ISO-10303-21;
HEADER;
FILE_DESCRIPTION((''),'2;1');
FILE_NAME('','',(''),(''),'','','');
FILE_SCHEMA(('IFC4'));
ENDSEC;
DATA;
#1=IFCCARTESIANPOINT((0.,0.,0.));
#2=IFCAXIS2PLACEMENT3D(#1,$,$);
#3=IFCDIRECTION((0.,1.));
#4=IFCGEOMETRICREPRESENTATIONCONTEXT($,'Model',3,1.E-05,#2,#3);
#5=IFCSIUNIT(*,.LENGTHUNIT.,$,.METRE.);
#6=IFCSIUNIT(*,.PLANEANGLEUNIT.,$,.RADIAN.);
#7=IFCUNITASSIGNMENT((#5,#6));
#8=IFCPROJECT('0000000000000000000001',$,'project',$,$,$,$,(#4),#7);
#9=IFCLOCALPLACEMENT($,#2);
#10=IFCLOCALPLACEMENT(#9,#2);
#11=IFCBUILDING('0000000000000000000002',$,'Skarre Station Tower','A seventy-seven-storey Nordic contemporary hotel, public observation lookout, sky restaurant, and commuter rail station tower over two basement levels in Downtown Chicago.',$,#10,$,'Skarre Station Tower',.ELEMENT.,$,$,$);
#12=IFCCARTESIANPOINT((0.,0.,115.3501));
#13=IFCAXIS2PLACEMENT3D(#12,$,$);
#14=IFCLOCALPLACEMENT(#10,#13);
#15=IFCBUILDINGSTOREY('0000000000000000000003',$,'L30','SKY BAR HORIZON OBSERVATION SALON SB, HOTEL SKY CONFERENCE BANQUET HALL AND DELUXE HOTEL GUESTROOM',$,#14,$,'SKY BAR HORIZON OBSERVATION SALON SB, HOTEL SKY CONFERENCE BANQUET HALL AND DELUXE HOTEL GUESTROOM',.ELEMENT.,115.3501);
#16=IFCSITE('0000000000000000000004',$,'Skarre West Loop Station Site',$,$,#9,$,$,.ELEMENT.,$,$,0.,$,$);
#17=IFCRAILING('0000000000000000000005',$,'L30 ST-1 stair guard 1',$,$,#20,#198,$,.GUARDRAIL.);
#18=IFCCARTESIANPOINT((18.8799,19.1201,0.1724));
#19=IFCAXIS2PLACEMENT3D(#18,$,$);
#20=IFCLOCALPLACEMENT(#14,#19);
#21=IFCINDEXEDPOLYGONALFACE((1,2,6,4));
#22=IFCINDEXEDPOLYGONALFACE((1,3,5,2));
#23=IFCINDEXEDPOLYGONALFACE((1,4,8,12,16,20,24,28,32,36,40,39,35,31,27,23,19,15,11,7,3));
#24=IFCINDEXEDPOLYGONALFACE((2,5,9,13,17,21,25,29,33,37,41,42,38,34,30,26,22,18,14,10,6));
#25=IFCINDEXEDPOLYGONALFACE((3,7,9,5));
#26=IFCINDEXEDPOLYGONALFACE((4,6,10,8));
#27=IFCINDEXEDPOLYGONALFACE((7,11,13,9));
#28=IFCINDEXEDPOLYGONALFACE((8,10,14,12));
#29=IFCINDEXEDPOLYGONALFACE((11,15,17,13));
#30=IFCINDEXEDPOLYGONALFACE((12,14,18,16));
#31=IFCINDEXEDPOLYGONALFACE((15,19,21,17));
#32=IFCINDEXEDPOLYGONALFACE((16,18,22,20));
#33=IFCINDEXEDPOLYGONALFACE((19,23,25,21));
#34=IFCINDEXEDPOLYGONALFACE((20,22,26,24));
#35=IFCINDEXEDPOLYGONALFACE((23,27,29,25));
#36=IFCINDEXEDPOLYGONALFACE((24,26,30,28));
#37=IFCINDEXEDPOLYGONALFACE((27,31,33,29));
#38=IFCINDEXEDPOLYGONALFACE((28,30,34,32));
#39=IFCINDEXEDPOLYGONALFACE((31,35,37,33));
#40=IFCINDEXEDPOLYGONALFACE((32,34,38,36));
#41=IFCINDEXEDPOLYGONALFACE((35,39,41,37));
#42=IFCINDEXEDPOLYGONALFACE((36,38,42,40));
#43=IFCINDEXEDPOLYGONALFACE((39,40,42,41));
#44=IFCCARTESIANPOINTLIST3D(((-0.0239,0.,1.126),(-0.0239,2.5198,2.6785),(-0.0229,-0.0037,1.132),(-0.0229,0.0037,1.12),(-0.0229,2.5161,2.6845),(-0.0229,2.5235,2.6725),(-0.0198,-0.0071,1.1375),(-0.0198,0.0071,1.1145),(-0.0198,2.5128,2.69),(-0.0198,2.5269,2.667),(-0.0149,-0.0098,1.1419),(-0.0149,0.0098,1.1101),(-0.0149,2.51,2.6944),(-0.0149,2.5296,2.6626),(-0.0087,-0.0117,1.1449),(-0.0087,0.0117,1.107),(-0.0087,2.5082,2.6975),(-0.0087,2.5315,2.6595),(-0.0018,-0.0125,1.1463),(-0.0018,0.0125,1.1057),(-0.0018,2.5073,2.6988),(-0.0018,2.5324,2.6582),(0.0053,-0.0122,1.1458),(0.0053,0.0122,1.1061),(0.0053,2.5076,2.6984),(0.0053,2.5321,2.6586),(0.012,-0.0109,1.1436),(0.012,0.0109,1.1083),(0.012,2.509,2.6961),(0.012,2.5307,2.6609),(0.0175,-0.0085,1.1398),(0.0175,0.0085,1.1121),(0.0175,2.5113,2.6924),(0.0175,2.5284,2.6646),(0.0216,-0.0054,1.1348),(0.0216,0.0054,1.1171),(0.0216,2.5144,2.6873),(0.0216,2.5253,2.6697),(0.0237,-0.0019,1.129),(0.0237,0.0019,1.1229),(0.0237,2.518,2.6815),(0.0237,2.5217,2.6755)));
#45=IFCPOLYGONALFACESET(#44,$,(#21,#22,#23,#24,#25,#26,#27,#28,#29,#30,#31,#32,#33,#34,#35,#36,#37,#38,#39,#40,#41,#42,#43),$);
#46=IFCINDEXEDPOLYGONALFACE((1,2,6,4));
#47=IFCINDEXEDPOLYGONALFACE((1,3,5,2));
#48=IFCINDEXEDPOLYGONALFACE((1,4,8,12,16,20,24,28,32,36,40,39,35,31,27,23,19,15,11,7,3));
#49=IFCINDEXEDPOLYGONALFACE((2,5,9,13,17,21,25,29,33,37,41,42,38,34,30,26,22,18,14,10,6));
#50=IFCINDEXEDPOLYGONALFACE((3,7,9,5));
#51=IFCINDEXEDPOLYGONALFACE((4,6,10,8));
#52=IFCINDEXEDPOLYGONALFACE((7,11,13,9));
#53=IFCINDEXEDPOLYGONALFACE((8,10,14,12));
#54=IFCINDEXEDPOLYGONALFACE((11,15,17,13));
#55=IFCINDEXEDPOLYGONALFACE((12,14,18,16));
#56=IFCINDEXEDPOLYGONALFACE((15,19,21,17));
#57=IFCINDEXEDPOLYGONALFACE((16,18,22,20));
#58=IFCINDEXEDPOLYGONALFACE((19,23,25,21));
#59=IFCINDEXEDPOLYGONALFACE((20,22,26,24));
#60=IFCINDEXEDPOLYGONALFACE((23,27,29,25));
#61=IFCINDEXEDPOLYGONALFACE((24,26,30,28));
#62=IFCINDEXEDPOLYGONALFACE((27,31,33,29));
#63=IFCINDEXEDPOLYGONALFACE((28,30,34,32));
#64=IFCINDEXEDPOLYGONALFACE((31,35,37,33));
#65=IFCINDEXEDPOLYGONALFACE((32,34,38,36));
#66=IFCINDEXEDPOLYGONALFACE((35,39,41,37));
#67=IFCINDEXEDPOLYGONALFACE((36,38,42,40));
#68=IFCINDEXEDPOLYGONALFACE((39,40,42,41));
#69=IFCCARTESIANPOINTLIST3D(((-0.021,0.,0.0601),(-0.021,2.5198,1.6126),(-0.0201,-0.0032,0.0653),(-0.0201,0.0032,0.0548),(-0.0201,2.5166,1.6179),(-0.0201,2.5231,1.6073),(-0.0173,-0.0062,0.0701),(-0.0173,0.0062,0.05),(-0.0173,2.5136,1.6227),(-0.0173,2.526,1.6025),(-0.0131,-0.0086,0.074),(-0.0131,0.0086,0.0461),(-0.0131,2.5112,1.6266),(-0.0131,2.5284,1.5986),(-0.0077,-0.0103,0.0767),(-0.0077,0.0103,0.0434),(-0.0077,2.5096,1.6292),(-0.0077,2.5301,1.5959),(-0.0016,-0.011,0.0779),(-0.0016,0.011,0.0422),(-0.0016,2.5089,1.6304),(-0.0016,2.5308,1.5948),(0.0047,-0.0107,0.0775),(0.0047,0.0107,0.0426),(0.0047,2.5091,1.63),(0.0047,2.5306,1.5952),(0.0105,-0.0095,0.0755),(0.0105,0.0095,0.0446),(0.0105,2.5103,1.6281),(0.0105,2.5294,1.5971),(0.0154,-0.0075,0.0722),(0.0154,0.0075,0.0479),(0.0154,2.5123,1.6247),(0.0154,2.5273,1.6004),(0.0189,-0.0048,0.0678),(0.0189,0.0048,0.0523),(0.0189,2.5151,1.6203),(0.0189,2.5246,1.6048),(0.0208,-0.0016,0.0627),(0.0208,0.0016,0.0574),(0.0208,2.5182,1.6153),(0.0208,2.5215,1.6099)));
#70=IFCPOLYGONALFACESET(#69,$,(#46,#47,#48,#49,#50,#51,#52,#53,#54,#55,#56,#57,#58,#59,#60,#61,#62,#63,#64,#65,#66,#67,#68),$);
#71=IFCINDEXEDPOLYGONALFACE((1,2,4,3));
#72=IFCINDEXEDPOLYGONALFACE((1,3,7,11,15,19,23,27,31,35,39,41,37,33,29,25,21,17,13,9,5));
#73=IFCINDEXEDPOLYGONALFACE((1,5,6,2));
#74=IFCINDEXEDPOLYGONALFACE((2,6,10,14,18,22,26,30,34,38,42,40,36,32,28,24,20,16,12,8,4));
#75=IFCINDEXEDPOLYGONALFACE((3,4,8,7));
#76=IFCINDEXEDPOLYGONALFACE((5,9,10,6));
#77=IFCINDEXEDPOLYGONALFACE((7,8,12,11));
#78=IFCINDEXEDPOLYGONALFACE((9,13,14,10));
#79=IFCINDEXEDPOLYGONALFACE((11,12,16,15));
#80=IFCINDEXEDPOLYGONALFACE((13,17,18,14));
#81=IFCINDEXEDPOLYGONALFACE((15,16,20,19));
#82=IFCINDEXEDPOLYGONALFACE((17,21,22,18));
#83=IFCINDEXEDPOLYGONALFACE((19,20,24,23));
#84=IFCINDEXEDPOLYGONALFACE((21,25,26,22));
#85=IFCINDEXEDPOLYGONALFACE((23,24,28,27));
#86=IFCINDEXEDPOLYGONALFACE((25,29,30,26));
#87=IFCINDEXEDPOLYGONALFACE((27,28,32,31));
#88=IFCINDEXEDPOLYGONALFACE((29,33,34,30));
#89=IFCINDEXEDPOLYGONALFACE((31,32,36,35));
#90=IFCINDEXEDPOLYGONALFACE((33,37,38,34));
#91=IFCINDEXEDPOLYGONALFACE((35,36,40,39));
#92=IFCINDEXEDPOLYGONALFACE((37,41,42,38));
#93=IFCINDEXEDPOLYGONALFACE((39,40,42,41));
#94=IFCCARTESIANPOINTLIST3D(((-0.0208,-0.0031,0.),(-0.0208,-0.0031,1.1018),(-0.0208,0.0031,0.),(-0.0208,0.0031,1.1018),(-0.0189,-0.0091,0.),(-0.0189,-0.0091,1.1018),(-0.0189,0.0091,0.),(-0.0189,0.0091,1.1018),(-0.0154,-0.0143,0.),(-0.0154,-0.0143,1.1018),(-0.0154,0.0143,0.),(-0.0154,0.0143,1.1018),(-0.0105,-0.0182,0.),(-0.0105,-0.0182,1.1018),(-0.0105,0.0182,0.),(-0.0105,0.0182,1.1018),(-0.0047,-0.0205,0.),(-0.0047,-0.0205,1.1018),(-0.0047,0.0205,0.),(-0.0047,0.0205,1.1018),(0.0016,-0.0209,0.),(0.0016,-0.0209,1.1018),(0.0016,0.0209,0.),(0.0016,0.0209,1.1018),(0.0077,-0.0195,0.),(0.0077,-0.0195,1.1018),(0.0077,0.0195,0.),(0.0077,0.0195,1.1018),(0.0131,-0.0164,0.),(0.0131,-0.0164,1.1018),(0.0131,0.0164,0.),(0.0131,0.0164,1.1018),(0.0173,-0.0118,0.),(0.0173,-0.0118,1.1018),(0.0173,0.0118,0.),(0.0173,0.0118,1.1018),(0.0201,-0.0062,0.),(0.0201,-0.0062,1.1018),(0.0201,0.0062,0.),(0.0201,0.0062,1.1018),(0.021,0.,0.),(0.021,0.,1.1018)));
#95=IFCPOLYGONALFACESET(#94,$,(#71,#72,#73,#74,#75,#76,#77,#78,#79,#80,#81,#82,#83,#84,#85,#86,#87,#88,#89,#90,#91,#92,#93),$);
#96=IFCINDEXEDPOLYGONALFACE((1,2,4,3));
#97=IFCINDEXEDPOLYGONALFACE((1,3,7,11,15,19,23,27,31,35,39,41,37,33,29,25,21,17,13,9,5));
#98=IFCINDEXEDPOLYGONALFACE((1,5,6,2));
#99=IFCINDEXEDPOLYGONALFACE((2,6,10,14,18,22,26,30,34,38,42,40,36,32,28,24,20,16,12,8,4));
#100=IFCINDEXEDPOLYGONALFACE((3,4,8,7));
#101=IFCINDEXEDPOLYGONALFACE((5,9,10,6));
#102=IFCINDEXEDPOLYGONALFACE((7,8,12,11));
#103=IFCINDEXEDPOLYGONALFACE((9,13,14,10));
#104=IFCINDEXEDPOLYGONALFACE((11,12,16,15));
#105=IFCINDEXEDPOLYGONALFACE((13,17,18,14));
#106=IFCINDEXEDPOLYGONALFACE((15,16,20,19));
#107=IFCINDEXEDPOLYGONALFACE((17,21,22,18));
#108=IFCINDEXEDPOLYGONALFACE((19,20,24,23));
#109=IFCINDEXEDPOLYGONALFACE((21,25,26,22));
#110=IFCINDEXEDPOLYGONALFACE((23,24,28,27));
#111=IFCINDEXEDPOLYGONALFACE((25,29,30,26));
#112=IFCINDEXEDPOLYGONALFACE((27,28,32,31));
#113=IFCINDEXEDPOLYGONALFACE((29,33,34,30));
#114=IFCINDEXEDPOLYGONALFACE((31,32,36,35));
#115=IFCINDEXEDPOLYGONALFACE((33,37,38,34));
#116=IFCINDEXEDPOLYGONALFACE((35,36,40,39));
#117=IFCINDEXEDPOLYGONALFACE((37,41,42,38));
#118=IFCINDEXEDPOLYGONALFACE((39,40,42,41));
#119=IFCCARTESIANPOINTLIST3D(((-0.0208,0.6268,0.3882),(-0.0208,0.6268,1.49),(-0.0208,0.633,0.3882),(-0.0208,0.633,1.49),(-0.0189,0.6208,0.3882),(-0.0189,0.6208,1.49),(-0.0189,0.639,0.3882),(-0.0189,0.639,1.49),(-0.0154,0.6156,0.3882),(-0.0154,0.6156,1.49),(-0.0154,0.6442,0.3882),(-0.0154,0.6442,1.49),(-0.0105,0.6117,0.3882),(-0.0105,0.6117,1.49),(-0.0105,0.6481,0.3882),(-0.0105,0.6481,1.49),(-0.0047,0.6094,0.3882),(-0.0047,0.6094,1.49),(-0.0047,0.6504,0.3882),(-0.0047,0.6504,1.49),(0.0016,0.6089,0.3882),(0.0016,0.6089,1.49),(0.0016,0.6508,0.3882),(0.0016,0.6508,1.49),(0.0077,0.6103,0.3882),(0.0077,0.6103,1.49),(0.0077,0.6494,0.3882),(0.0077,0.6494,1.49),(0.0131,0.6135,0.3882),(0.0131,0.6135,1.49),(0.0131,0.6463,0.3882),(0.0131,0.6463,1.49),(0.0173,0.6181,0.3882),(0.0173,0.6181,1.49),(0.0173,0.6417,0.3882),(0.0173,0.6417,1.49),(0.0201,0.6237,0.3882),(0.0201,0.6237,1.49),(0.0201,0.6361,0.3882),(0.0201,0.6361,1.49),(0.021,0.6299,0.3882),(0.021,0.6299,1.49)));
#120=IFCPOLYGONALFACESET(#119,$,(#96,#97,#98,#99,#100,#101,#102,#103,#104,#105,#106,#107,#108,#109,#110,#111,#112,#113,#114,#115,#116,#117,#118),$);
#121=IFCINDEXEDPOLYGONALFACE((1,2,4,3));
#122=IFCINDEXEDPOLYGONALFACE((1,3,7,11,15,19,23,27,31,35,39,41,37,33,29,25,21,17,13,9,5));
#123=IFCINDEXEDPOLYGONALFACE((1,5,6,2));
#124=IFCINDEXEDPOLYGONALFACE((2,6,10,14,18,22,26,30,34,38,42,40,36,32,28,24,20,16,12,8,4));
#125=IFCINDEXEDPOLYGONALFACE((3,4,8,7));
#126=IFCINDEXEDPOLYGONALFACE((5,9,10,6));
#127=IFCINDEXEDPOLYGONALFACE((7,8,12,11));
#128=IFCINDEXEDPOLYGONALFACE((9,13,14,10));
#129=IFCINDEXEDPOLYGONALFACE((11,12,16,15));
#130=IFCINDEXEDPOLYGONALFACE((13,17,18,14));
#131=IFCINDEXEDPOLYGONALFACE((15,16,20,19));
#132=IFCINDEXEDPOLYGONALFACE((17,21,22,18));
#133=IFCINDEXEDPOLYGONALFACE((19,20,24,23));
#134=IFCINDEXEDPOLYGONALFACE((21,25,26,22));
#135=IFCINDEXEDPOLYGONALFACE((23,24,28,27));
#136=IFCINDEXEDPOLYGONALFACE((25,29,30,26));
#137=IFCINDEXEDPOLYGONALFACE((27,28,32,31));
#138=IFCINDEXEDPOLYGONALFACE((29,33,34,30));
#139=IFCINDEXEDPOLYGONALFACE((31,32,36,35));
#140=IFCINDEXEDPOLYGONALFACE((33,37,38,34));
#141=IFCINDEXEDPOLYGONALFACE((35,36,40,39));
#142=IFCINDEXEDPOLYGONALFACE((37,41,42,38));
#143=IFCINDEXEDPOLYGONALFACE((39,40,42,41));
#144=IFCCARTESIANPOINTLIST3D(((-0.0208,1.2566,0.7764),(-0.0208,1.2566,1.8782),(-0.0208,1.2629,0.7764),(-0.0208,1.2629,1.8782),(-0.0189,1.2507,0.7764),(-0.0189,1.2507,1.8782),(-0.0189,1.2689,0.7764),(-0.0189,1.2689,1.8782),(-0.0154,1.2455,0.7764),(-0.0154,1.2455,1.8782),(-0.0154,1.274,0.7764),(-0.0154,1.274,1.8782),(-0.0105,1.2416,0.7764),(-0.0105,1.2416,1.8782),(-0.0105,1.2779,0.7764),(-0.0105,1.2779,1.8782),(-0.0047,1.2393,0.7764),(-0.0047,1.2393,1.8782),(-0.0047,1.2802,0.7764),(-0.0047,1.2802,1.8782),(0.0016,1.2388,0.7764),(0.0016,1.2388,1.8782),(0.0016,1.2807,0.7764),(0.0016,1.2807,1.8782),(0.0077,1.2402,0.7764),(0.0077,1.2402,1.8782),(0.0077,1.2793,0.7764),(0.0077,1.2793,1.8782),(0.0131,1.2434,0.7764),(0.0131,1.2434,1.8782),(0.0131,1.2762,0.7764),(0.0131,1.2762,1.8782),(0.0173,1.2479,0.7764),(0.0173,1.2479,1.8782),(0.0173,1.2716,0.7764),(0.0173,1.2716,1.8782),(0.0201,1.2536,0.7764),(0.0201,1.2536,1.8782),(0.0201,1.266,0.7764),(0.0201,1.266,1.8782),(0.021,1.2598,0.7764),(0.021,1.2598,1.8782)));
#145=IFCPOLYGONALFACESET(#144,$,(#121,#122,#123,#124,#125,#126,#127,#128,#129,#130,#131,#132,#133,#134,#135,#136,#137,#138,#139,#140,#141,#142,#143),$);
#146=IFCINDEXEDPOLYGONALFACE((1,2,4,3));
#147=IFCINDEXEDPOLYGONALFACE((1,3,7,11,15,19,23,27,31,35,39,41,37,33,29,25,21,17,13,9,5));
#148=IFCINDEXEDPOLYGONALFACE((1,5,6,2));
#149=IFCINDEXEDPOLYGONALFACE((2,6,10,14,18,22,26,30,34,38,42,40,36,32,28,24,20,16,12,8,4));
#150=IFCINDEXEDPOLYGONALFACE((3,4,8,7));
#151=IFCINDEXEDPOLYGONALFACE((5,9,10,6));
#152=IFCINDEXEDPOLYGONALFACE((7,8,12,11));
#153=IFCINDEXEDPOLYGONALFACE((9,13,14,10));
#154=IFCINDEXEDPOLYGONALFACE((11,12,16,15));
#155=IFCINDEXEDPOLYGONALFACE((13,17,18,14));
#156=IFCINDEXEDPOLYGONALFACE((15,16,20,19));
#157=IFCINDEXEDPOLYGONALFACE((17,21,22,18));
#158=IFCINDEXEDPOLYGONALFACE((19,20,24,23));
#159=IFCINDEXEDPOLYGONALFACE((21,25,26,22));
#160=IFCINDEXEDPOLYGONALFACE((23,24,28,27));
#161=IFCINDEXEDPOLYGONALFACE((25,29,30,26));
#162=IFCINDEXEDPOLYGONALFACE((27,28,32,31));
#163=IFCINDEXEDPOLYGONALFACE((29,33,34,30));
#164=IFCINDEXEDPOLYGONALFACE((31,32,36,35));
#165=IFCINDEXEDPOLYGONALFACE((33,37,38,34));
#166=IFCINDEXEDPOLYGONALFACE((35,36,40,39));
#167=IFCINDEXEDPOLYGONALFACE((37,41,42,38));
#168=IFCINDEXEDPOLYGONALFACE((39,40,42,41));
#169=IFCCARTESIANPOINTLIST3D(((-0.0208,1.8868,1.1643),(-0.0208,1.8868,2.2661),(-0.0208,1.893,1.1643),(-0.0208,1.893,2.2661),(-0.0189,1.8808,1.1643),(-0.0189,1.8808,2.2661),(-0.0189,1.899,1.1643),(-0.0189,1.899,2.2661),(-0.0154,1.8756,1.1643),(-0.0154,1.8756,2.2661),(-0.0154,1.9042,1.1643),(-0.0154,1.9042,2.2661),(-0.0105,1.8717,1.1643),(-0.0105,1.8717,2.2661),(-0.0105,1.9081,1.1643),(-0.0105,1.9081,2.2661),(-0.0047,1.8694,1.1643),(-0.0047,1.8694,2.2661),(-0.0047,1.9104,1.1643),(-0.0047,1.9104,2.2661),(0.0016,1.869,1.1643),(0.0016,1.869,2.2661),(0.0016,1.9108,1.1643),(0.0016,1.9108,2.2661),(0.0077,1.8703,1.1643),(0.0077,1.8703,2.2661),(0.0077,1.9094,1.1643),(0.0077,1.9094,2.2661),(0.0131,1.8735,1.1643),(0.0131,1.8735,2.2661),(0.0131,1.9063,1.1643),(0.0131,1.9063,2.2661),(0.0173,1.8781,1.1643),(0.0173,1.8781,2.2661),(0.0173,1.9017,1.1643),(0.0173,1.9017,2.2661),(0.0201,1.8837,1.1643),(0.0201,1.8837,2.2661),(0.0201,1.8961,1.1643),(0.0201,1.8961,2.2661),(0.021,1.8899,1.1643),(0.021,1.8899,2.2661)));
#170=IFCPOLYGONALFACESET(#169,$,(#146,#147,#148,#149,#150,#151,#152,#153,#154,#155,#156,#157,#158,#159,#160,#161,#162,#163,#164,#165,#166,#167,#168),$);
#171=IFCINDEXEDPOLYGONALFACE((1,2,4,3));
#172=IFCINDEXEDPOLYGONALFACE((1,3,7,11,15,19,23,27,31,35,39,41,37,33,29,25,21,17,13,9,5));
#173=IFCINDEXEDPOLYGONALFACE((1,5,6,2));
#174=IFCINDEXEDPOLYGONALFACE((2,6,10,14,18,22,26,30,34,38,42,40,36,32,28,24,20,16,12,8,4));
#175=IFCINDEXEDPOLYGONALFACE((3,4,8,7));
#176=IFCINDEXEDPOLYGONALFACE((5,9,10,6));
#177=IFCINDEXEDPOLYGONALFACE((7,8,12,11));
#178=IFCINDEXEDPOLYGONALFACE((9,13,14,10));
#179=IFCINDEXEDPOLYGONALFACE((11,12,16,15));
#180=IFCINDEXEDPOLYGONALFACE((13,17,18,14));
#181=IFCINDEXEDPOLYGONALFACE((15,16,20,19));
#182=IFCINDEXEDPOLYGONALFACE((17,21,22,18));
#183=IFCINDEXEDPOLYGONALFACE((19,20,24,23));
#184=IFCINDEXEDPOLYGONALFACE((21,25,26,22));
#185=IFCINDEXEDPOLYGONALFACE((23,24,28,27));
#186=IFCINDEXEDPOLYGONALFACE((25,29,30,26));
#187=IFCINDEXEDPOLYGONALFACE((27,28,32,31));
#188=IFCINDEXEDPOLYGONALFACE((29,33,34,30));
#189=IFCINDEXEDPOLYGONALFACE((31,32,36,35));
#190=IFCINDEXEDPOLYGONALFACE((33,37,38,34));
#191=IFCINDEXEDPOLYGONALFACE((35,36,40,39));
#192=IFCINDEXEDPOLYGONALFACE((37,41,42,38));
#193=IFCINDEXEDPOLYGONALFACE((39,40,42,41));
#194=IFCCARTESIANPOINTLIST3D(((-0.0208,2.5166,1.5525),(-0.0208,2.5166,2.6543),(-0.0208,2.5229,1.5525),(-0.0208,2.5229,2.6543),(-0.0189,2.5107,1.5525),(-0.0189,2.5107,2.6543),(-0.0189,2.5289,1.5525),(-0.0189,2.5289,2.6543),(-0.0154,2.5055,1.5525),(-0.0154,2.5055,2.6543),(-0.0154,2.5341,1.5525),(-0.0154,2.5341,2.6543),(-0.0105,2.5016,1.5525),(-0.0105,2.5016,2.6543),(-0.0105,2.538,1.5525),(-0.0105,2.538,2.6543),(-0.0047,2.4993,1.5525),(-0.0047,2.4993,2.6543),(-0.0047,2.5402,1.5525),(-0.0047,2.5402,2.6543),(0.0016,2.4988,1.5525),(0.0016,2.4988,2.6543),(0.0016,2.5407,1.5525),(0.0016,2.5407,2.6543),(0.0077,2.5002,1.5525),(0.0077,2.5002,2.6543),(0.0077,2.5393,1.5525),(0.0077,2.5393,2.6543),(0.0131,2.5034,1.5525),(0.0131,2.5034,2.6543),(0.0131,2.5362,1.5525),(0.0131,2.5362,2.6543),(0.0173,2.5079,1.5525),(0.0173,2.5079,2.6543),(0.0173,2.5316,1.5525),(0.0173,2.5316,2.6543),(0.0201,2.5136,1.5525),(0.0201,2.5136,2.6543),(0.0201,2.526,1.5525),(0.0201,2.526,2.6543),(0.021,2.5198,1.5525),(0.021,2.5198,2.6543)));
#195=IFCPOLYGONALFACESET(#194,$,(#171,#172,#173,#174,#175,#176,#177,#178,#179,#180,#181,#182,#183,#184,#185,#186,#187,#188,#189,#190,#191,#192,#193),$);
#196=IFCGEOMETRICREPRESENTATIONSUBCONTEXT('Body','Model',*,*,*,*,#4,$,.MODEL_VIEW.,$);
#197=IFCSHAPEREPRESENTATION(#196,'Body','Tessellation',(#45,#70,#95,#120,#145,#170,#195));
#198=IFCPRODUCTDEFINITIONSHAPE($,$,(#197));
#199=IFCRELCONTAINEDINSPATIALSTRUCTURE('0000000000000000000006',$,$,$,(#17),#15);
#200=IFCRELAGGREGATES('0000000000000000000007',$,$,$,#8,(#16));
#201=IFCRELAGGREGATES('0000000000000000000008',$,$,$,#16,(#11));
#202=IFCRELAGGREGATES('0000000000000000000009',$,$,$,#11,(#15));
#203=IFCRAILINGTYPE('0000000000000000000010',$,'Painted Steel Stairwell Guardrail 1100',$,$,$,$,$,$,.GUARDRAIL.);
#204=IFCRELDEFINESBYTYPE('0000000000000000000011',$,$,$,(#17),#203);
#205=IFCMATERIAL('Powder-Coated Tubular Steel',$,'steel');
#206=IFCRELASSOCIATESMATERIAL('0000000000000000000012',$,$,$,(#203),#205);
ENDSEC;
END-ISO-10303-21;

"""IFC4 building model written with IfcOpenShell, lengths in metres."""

from ifc_helpers import new_model, si_unit, direction, frame, origin, origin_2d, place, context, subcontext, project, spatial, circle, extrude, material, type_object, element, save


model = new_model("IFC4")

# Units and contexts
model_context = context("Model", 3, precision=1e-05, world=origin(), true_north=direction((0.0, 1.0)))
body_context = subcontext(model_context, "Body", "Model", "MODEL_VIEW")
ifc_project = project(units=[si_unit("LENGTHUNIT", "METRE"), si_unit("PLANEANGLEUNIT", "RADIAN")], contexts=[model_context])

# Site, building, storey
site_placement = place(None, origin())
site = spatial("IfcSite", under=ifc_project, at=site_placement, Name="Skarre West Loop Station Site", CompositionType="ELEMENT", RefElevation=0.0)
building_placement = place(site_placement, origin())
building = spatial("IfcBuilding", under=site, at=building_placement, Name="Skarre Station Tower", Description="A seventy-seven-storey Nordic contemporary hotel, public observation lookout, sky restaurant, and commuter rail station tower over two basement levels in Downtown Chicago.", LongName="Skarre Station Tower", CompositionType="ELEMENT")
storey_placement = place(building_placement, frame((0.0, 0.0, 115.3501)))
storey = spatial("IfcBuildingStorey", under=building, at=storey_placement, Name="L30", Description="SKY BAR HORIZON OBSERVATION SALON SB, HOTEL SKY CONFERENCE BANQUET HALL AND DELUXE HOTEL GUESTROOM", LongName="SKY BAR HORIZON OBSERVATION SALON SB, HOTEL SKY CONFERENCE BANQUET HALL AND DELUXE HOTEL GUESTROOM", CompositionType="ELEMENT", Elevation=115.3501)

# Railing
ifc_material_1 = material(Name="Powder-Coated Tubular Steel", Category="steel")
railing_type_1 = type_object("IfcRailingType", Name="Painted Steel Stairwell Guardrail 1100", PredefinedType="GUARDRAIL", material=ifc_material_1)
railing_1_placement = place(storey_placement, frame((18.8799, 19.1201, 0.1724)))
element("IfcRailing", 1, at=railing_1_placement, inside=storey, type_object=railing_type_1, Name="L30 ST-1 stair guard 1", PredefinedType="GUARDRAIL", context=body_context, shape_type="SweptSolid", body=[
    extrude(circle(Radius=0.0239, at=origin_2d()), frame((0.0, 0.0, 1.126), z_axis=(0.0, 0.851378, 0.524553), x_axis=(-1.0, 0.0, 0.0)), (0.0, 0.0, 1.0), 2.9597),
    extrude(circle(Radius=0.021, at=origin_2d()), frame((0.0, 0.0, 0.0601), z_axis=(0.0, 0.851378, 0.524553), x_axis=(-1.0, 0.0, 0.0)), (0.0, 0.0, 1.0), 2.9597),
    extrude(circle(Radius=0.021, at=origin_2d()), origin(), (0.0, 0.0, 1.0), 1.1018),
    extrude(circle(Radius=0.021, at=origin_2d()), frame((0.0, 0.6299, 0.3882)), (0.0, 0.0, 1.0), 1.1018),
    extrude(circle(Radius=0.021, at=origin_2d()), frame((0.0, 1.2598, 0.7764)), (0.0, 0.0, 1.0), 1.1018),
    extrude(circle(Radius=0.021, at=origin_2d()), frame((0.0, 1.8899, 1.1643)), (0.0, 0.0, 1.0), 1.1018),
    extrude(circle(Radius=0.021, at=origin_2d()), frame((0.0, 2.5198, 1.5525)), (0.0, 0.0, 1.0), 1.1018),
])

save(model, "model.ifc")
